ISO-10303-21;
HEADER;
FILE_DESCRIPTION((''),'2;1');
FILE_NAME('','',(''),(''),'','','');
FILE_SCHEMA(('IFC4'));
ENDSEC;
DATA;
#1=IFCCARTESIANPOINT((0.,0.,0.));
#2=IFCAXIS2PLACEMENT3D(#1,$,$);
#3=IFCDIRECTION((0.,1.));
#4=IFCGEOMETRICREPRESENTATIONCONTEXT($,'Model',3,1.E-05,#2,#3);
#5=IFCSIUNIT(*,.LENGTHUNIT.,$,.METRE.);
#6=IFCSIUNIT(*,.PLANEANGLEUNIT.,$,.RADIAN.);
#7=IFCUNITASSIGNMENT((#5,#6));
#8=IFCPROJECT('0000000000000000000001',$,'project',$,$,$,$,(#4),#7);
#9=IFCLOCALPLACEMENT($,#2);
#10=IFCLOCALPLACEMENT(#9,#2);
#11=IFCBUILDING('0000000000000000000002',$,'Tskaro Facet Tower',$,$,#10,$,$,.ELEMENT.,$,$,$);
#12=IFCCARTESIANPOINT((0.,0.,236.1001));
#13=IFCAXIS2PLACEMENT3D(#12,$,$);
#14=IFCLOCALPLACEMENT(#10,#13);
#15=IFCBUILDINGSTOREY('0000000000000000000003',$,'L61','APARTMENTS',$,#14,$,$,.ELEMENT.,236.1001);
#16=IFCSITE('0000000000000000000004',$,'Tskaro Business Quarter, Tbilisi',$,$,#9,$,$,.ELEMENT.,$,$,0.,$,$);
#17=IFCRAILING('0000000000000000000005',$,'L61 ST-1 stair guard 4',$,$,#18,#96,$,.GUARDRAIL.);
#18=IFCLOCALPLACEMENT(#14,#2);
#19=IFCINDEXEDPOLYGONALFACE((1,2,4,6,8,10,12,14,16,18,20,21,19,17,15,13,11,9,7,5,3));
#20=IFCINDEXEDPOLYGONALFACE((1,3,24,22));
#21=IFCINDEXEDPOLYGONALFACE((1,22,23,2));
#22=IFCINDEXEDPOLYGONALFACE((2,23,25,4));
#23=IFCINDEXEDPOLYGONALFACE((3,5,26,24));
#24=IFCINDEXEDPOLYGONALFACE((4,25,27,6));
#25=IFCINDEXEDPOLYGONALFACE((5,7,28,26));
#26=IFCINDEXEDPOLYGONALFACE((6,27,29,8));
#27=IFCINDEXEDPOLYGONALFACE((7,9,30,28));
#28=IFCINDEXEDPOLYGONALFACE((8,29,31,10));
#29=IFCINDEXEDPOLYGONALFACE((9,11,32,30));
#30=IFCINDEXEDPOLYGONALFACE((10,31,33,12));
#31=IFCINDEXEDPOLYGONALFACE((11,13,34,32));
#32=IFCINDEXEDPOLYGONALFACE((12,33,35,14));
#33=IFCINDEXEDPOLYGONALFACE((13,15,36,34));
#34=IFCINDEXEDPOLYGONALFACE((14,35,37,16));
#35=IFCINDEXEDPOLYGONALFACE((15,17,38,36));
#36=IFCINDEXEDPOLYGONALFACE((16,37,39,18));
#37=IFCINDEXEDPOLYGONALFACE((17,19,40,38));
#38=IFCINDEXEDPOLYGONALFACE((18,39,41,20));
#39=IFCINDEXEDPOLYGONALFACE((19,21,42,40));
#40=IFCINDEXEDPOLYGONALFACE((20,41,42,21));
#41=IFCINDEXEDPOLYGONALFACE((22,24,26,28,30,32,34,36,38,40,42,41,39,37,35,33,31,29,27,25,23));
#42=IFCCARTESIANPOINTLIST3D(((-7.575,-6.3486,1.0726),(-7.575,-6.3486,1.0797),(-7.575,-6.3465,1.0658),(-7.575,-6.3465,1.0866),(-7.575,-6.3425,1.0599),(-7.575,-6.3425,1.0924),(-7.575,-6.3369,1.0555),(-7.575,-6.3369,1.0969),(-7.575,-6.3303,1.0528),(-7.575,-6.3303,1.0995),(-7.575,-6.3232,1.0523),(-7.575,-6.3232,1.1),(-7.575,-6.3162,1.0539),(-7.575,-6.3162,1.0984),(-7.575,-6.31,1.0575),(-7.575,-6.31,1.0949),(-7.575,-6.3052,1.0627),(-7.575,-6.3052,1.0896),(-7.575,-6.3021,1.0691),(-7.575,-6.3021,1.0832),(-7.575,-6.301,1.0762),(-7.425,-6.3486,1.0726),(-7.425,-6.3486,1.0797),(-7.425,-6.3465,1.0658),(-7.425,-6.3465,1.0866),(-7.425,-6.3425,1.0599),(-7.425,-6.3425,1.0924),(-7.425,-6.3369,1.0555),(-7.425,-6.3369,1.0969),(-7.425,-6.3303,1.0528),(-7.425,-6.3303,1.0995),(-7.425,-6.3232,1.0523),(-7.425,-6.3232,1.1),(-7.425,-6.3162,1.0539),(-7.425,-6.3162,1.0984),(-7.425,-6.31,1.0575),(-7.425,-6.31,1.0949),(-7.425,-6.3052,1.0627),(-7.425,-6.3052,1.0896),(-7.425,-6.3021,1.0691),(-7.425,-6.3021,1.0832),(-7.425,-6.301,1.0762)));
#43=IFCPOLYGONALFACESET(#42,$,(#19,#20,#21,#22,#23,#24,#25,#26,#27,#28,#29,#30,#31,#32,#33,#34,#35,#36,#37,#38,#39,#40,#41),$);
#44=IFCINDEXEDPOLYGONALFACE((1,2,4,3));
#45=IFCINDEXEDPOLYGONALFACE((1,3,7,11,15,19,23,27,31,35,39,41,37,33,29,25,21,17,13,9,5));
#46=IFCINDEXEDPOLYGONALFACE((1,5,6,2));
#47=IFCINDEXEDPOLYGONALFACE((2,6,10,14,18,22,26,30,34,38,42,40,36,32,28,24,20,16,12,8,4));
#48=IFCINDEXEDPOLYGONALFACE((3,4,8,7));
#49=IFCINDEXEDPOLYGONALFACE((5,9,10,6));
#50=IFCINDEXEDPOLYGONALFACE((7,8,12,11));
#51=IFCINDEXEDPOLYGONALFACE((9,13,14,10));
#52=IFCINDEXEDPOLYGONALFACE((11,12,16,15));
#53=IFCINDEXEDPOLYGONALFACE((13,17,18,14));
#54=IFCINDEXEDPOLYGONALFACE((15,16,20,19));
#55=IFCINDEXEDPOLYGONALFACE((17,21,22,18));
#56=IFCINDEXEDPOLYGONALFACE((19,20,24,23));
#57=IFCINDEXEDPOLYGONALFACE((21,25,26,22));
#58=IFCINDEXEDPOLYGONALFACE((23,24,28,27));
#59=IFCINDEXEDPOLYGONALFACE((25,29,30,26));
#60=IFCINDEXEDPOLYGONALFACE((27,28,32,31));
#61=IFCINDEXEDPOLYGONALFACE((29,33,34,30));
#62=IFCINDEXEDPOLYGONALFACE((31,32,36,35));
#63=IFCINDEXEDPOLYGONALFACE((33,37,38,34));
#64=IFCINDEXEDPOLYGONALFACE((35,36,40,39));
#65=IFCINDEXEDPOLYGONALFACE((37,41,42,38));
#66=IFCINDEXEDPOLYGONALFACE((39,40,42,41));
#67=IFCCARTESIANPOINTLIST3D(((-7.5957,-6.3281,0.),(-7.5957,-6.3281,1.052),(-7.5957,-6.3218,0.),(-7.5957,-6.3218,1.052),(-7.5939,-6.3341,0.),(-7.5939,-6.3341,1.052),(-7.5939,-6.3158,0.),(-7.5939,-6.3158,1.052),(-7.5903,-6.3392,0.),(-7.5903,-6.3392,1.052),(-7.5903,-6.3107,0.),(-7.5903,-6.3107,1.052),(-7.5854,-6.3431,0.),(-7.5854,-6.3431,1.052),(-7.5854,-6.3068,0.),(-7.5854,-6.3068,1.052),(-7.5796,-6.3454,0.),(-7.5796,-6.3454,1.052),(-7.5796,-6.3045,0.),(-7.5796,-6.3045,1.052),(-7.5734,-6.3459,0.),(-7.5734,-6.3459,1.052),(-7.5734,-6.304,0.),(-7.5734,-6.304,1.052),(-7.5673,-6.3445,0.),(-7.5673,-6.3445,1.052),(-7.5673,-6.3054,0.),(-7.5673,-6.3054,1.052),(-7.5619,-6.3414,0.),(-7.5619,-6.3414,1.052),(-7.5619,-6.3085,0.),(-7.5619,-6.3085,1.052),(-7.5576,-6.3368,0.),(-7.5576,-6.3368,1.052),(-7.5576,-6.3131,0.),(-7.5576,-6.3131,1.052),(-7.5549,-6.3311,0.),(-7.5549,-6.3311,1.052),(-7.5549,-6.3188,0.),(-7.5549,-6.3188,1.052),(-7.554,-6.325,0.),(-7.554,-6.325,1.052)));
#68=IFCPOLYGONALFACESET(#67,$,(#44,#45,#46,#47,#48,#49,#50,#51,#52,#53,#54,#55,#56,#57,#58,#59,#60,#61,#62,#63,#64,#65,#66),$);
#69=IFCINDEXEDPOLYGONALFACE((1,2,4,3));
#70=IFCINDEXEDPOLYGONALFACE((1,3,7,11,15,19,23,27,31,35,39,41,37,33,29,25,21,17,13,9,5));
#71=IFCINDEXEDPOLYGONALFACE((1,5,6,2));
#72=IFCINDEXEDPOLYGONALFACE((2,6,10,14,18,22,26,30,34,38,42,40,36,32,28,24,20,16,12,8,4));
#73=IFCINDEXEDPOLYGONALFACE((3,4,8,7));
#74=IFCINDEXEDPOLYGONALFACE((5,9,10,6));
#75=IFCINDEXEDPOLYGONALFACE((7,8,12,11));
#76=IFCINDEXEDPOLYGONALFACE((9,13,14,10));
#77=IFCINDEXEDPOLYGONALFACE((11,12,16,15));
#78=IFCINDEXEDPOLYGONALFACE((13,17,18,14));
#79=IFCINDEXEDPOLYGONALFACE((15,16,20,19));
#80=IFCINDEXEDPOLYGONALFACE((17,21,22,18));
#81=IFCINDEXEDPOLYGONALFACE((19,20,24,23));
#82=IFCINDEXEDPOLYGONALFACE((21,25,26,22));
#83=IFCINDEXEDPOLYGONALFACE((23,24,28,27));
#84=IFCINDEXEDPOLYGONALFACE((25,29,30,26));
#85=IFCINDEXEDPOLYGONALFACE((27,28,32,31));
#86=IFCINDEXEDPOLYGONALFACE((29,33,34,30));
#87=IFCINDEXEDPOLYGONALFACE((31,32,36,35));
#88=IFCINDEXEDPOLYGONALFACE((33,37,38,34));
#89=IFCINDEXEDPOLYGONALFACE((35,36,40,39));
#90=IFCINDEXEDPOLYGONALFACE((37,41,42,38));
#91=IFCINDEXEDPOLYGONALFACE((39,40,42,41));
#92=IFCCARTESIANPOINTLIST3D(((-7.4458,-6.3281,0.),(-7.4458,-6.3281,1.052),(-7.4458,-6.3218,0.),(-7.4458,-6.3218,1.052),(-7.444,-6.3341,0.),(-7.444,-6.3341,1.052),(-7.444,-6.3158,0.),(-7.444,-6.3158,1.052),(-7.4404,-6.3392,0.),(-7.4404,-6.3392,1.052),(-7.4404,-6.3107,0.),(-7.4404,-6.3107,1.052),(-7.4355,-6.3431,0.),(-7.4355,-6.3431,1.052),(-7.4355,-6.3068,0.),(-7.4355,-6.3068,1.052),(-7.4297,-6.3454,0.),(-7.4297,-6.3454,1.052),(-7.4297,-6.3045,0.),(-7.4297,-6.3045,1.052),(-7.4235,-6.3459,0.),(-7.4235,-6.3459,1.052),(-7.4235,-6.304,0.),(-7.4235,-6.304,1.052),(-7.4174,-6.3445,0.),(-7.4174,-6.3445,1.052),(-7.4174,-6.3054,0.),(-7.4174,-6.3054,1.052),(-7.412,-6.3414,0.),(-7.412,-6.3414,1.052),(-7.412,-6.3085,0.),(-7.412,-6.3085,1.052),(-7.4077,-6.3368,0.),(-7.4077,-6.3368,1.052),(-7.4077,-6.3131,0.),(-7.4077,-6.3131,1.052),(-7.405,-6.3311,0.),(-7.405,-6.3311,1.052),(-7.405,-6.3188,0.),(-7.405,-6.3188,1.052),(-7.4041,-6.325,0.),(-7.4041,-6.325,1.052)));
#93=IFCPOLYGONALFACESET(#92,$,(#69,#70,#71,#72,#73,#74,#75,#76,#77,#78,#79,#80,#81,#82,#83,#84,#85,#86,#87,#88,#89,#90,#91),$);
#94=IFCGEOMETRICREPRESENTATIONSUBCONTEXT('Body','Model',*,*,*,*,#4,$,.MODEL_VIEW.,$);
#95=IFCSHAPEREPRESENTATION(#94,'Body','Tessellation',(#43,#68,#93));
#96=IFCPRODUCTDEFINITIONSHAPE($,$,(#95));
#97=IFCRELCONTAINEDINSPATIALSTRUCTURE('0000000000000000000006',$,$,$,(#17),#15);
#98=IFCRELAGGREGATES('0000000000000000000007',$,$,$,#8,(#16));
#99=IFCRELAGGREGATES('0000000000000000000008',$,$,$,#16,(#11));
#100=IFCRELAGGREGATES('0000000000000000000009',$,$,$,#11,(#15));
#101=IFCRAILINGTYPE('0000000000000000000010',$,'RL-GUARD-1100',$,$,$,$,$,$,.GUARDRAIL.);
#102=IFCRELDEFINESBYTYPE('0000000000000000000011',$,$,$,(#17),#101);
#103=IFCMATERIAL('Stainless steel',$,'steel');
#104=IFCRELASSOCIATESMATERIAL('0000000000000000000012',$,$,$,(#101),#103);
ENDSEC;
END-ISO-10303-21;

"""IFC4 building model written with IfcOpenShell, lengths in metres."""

from ifc_helpers import new_model, si_unit, direction, frame, origin, origin_2d, place, context, subcontext, project, spatial, circle, extrude, material, type_object, element, save


model = new_model("IFC4")

# Units and contexts
model_context = context("Model", 3, precision=1e-05, world=origin(), true_north=direction((0.0, 1.0)))
body_context = subcontext(model_context, "Body", "Model", "MODEL_VIEW")
ifc_project = project(units=[si_unit("LENGTHUNIT", "METRE"), si_unit("PLANEANGLEUNIT", "RADIAN")], contexts=[model_context])

# Site, building, storey
site_placement = place(None, origin())
site = spatial("IfcSite", under=ifc_project, at=site_placement, Name="Tskaro Business Quarter, Tbilisi", CompositionType="ELEMENT", RefElevation=0.0)
building_placement = place(site_placement, origin())
building = spatial("IfcBuilding", under=site, at=building_placement, Name="Tskaro Facet Tower", CompositionType="ELEMENT")
storey_placement = place(building_placement, frame((0.0, 0.0, 236.1001)))
storey = spatial("IfcBuildingStorey", under=building, at=storey_placement, Name="L61", Description="APARTMENTS", CompositionType="ELEMENT", Elevation=236.1001)

# Shared definitions
ifc_material_1 = material(Name="Stainless steel", Category="steel")

# Railing
railing_type_1 = type_object("IfcRailingType", Name="RL-GUARD-1100", PredefinedType="GUARDRAIL", material=ifc_material_1)
railing_1_placement = place(storey_placement, frame((-7.575, -6.325, 0.0)))
element("IfcRailing", 1, at=railing_1_placement, inside=storey, type_object=railing_type_1, Name="L61 ST-1 stair guard 4", PredefinedType="GUARDRAIL", context=body_context, shape_type="SweptSolid", body=[
    extrude(circle(Radius=0.0239, at=origin_2d()), frame((0.0, 0.0, 1.0762), z_axis=(1.0, 0.0, 0.0), x_axis=(0.0, 1.0, 0.0)), (0.0, 0.0, 1.0), 0.1499),
    extrude(circle(Radius=0.021, at=origin_2d()), origin(), (0.0, 0.0, 1.0), 1.052),
    extrude(circle(Radius=0.021, at=origin_2d()), frame((0.1499, 0.0, 0.0)), (0.0, 0.0, 1.0), 1.052),
])

save(model, "model.ifc")
